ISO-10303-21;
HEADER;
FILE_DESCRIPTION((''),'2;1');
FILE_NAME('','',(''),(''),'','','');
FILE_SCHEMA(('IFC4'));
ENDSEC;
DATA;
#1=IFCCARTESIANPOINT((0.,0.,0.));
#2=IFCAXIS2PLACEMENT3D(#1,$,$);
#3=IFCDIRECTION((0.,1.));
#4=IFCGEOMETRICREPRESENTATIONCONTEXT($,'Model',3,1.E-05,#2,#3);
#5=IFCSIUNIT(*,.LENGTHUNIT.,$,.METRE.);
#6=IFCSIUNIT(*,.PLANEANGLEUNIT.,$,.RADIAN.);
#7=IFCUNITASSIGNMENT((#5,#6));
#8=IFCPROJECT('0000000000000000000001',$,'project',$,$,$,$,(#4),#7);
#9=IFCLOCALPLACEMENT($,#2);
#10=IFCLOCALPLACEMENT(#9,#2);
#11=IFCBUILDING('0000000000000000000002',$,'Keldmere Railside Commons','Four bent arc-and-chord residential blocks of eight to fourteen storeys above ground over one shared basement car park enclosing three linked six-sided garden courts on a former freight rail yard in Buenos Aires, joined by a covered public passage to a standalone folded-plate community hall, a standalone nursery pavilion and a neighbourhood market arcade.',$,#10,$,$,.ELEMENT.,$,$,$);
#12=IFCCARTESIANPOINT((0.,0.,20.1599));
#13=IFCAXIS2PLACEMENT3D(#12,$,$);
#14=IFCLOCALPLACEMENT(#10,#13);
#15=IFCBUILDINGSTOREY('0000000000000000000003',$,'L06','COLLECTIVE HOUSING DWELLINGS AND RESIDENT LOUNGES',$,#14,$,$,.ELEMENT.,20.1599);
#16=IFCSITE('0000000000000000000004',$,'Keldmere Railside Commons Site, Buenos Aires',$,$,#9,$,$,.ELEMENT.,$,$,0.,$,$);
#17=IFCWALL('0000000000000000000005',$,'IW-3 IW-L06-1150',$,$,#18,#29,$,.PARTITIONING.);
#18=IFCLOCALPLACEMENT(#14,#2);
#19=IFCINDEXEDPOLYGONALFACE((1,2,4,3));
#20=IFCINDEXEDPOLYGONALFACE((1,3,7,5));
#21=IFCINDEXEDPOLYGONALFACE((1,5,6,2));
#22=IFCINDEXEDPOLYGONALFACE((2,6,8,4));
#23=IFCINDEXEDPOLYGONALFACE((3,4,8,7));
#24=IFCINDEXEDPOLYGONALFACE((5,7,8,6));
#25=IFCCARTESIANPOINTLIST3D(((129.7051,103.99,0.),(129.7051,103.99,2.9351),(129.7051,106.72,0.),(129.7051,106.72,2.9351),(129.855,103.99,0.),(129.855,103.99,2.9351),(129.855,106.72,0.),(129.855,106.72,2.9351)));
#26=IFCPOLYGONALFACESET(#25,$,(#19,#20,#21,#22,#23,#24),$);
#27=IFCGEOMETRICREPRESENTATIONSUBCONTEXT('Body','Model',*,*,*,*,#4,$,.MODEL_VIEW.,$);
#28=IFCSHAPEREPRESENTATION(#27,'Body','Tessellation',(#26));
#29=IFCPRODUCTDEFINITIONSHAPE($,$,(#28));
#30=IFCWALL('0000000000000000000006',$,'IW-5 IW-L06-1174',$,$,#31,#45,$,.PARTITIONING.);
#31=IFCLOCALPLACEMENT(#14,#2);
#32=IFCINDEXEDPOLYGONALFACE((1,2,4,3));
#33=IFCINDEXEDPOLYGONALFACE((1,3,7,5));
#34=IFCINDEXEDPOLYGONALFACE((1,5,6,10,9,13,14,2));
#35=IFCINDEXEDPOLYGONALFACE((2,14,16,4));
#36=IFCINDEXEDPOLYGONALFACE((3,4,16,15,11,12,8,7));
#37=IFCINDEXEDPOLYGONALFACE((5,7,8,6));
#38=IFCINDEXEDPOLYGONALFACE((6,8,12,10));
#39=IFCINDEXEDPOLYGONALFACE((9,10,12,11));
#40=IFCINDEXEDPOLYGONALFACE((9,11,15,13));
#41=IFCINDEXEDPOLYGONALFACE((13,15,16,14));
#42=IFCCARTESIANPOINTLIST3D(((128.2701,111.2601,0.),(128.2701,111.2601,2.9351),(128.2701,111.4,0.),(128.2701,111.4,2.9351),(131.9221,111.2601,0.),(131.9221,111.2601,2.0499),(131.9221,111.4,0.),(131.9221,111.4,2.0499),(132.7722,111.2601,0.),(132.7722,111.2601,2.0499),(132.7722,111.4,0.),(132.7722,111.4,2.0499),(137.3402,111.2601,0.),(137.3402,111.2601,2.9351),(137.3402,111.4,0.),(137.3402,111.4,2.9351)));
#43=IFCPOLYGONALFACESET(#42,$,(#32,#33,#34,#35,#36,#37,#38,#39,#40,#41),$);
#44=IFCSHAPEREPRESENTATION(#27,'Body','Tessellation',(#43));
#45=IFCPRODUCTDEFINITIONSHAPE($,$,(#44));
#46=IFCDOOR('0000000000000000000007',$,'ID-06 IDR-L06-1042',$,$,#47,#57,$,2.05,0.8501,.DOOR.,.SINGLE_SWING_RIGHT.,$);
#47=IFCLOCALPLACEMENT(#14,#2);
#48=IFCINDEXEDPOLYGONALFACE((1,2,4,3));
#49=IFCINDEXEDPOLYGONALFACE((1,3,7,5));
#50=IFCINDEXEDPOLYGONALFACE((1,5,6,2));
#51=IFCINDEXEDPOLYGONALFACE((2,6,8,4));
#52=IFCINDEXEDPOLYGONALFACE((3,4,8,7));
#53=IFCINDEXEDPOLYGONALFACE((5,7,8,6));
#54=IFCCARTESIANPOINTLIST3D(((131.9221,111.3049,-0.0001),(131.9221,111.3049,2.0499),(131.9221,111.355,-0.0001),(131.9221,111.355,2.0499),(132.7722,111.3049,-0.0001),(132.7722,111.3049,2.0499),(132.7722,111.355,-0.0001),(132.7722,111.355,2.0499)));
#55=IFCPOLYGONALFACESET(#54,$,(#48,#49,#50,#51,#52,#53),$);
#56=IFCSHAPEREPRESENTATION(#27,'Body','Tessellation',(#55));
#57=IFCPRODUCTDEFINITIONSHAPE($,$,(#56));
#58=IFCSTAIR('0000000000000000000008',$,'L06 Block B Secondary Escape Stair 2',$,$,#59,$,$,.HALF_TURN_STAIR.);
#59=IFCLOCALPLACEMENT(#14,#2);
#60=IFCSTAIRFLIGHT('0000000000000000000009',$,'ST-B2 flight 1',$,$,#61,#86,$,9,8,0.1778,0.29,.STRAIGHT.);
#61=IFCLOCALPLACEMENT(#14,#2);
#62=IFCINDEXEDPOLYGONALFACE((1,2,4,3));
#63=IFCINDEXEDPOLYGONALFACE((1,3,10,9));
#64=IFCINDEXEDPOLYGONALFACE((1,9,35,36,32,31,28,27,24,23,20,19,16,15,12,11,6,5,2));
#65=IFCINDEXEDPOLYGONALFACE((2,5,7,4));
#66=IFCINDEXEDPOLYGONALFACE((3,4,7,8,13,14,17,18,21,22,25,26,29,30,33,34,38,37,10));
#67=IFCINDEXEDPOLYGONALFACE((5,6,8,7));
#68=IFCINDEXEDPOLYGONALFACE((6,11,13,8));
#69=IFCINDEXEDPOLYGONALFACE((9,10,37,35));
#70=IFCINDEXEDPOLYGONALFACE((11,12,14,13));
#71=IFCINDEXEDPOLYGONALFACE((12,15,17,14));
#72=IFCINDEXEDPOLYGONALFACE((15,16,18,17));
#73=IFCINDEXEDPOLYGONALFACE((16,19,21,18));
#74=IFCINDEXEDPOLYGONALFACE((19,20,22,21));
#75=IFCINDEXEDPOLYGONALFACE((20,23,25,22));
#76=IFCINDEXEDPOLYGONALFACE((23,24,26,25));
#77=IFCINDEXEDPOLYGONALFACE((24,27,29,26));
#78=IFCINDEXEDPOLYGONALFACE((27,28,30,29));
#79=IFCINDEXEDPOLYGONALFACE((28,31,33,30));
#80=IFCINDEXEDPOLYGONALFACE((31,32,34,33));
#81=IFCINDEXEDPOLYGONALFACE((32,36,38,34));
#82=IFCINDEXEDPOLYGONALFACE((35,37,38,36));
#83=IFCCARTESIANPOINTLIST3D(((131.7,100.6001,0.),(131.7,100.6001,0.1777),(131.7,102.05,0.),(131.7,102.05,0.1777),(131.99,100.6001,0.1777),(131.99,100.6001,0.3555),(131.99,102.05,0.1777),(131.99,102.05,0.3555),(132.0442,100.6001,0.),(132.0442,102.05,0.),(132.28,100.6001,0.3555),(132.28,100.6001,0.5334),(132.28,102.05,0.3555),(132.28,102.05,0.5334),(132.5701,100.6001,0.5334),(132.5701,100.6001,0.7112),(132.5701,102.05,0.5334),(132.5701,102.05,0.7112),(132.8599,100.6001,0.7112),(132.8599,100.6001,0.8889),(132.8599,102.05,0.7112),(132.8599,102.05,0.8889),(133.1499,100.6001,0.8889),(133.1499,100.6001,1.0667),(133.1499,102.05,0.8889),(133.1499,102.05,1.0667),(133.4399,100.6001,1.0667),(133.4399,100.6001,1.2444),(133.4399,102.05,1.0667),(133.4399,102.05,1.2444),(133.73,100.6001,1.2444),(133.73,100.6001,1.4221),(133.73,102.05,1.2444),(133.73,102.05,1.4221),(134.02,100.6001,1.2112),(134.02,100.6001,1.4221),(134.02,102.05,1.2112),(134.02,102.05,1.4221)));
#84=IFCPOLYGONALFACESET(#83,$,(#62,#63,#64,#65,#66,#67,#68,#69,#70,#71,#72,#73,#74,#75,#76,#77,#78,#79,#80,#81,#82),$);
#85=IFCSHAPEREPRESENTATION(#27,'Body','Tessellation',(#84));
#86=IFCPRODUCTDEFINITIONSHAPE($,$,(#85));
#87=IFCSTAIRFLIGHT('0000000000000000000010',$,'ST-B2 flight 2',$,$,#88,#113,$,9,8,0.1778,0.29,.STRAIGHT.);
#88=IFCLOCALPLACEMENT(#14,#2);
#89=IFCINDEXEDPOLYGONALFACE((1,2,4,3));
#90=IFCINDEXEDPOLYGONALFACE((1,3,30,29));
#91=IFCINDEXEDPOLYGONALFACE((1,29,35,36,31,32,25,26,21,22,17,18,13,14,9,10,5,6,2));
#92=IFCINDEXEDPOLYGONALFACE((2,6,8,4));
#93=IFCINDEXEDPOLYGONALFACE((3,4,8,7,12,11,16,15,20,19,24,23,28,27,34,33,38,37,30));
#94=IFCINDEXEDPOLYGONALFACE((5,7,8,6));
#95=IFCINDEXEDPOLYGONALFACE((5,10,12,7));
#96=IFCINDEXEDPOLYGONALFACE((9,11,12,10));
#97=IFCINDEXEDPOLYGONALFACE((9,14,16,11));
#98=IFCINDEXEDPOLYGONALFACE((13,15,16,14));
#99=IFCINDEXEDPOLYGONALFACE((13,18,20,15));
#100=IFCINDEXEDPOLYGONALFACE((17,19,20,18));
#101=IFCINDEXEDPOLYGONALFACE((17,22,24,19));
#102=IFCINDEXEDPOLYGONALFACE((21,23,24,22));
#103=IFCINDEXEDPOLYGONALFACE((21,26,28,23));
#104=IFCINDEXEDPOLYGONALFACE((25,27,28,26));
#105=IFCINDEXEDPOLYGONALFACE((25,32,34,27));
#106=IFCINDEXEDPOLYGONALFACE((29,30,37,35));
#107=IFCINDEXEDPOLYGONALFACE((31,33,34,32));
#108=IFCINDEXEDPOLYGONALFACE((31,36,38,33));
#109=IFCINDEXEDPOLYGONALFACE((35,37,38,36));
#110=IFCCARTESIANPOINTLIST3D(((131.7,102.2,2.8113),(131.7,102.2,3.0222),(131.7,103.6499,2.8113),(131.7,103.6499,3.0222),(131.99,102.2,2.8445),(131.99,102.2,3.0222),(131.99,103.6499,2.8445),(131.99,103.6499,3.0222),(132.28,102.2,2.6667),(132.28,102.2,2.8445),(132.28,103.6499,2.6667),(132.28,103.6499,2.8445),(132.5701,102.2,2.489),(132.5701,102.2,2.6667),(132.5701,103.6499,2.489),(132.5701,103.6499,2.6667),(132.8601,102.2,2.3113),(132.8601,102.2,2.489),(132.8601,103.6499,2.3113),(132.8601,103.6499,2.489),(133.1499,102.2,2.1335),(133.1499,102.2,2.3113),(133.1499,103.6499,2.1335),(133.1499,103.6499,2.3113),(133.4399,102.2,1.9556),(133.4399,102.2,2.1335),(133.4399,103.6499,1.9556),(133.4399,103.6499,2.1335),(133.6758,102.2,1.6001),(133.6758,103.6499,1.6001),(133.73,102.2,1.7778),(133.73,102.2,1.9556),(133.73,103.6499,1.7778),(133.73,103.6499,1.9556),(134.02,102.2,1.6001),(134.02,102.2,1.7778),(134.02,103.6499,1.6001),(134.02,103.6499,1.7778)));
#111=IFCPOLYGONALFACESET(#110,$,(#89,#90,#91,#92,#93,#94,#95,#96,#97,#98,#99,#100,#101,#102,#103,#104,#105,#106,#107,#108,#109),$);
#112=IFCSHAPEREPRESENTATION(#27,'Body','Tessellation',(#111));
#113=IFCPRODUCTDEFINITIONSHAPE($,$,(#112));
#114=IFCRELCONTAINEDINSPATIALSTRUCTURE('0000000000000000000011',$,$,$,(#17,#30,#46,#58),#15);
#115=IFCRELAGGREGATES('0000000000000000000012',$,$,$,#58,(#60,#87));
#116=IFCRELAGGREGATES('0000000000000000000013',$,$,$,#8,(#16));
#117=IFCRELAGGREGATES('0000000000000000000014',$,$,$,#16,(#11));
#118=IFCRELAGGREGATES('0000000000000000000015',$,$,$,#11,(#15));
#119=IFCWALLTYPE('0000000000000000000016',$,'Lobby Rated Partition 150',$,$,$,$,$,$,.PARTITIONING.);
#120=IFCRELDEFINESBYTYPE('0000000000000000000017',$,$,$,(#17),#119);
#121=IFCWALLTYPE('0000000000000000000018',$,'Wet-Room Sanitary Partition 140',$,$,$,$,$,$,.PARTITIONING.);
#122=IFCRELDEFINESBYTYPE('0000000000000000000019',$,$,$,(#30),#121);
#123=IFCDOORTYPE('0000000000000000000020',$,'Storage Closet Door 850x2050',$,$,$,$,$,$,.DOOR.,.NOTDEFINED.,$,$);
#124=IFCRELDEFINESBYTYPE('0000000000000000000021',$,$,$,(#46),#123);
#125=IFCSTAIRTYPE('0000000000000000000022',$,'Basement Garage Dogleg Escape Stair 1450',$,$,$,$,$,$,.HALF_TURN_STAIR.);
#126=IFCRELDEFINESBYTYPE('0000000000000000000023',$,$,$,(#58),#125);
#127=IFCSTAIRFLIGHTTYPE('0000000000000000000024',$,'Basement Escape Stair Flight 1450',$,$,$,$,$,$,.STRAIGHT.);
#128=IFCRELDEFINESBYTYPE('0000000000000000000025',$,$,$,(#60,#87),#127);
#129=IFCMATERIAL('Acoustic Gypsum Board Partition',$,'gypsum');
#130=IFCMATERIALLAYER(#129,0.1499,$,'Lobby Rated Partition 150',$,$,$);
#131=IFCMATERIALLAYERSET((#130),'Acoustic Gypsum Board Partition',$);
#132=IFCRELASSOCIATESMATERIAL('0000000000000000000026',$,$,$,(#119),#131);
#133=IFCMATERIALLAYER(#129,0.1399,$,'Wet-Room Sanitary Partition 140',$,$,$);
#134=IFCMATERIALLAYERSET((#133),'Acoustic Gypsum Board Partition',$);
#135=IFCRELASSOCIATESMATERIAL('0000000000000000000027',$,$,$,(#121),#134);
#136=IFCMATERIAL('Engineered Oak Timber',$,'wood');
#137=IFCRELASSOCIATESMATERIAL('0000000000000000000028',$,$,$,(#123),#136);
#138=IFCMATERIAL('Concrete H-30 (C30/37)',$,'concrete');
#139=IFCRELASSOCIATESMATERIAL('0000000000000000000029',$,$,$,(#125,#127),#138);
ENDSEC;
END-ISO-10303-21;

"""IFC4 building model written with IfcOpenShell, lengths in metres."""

from ifc_helpers import new_model, si_unit, direction, frame, frame_2d, origin, place, context, subcontext, project, spatial, polyline, rectangle, outline, extrude, material, layer, layer_set, type_object, element, fill, aggregate, save


model = new_model("IFC4")

# Units and contexts
model_context = context("Model", 3, precision=1e-05, world=origin(), true_north=direction((0.0, 1.0)))
body_context = subcontext(model_context, "Body", "Model", "MODEL_VIEW")
ifc_project = project(units=[si_unit("LENGTHUNIT", "METRE"), si_unit("PLANEANGLEUNIT", "RADIAN")], contexts=[model_context])

# Site, building, storey
site_placement = place(None, origin())
site = spatial("IfcSite", under=ifc_project, at=site_placement, Name="Keldmere Railside Commons Site, Buenos Aires", CompositionType="ELEMENT", RefElevation=0.0)
building_placement = place(site_placement, origin())
building = spatial("IfcBuilding", under=site, at=building_placement, Name="Keldmere Railside Commons", Description="Four bent arc-and-chord residential blocks of eight to fourteen storeys above ground over one shared basement car park enclosing three linked six-sided garden courts on a former freight rail yard in Buenos Aires, joined by a covered public passage to a standalone folded-plate community hall, a standalone nursery pavilion and a neighbourhood market arcade.", CompositionType="ELEMENT")
storey_placement = place(building_placement, frame((0.0, 0.0, 20.1599)))
storey = spatial("IfcBuildingStorey", under=building, at=storey_placement, Name="L06", Description="COLLECTIVE HOUSING DWELLINGS AND RESIDENT LOUNGES", CompositionType="ELEMENT", Elevation=20.1599)

# Shared definitions
ifc_material_1 = material(Name="Concrete H-30 (C30/37)", Category="concrete")

# Shared definitions
ifc_material_2 = material(Name="Acoustic Gypsum Board Partition", Category="gypsum")
ifc_material_3 = material(Name="Engineered Oak Timber", Category="wood")

# Wall
ifc_layer_1 = layer(ifc_material_2, 0.1499, Name="Lobby Rated Partition 150")
ifc_layer_set_1 = layer_set([ifc_layer_1], Name="Acoustic Gypsum Board Partition")
wall_type_1 = type_object("IfcWallType", Name="Lobby Rated Partition 150", PredefinedType="PARTITIONING", material=ifc_layer_set_1)
wall_1_placement = place(storey_placement, frame((129.78, 103.99, 0.0), z_axis=(0.0, 0.0, 1.0), x_axis=(0.0, 1.0, 0.0)))
element("IfcWall", 1, at=wall_1_placement, inside=storey, type_object=wall_type_1, Name="IW-3 IW-L06-1150", PredefinedType="PARTITIONING", context=body_context, shape_type="SweptSolid", body=[
    extrude(rectangle(XDim=2.73, YDim=0.1499, at=frame_2d((1.365, 0.0))), origin(), (0.0, 0.0, 1.0), 2.9351),
])

# Wall, opening, door
ifc_layer_2 = layer(ifc_material_2, 0.1399, Name="Wet-Room Sanitary Partition 140")
ifc_layer_set_2 = layer_set([ifc_layer_2], Name="Acoustic Gypsum Board Partition")
wall_type_2 = type_object("IfcWallType", Name="Wet-Room Sanitary Partition 140", PredefinedType="PARTITIONING", material=ifc_layer_set_2)
wall_2_placement = place(storey_placement, frame((128.27, 111.3301, 0.0), z_axis=(0.0, 0.0, 1.0), x_axis=(1.0, 0.0, 0.0)))
wall_2 = element("IfcWall", 2, at=wall_2_placement, inside=storey, type_object=wall_type_2, Name="IW-5 IW-L06-1174", PredefinedType="PARTITIONING", context=body_context, shape_type="SweptSolid", body=[
    extrude(rectangle(XDim=9.0701, YDim=0.1399, at=frame_2d((4.5352, 0.0))), origin(), (0.0, 0.0, 1.0), 2.9351),
])
opening_1_placement = place(wall_2_placement, frame((3.6521, 0.0, 0.0)))
opening_1 = element("IfcOpeningElement", 3, at=opening_1_placement, cuts=wall_2, PredefinedType="OPENING", context=body_context, shape_type="SweptSolid", body=[
    extrude(rectangle(XDim=0.8501, YDim=2.05, at=frame_2d((0.425, 1.0249))), frame((0.0, 0.0798, 0.0), z_axis=(0.0, -1.0, 0.0), x_axis=(1.0, 0.0, 0.0)), (0.0, 0.0, 1.0), 0.1599),
])
door_type_1 = type_object("IfcDoorType", Name="Storage Closet Door 850x2050", OperationType="NOTDEFINED", PredefinedType="DOOR", material=ifc_material_3)
door_1_placement = place(opening_1_placement, origin())
door_1 = element("IfcDoor", 4, at=door_1_placement, inside=storey, type_object=door_type_1, Name="ID-06 IDR-L06-1042", OperationType="SINGLE_SWING_RIGHT", OverallHeight=2.05, OverallWidth=0.8501, PredefinedType="DOOR", context=body_context, shape_type="SweptSolid", body=[
    extrude(rectangle(XDim=0.8501, YDim=2.05, at=frame_2d((0.425, 1.0249))), frame((0.0, 0.0249, 0.0), z_axis=(0.0, -1.0, 0.0), x_axis=(1.0, 0.0, 0.0)), (0.0, 0.0, 1.0), 0.05),
])
fill(opening_1, door_1)

# Stair, stair flights
stair_type = type_object("IfcStairType", Name="Basement Garage Dogleg Escape Stair 1450", PredefinedType="HALF_TURN_STAIR", material=ifc_material_1)
stair_placement = place(storey_placement, origin())
stair = element("IfcStair", 5, at=stair_placement, inside=storey, type_object=stair_type, Name="L06 Block B Secondary Escape Stair 2", PredefinedType="HALF_TURN_STAIR")
stair_flight_type = type_object("IfcStairFlightType", Name="Basement Escape Stair Flight 1450", PredefinedType="STRAIGHT", material=ifc_material_1)
stair_flight_1_placement = place(storey_placement, frame((131.7, 101.325, 0.0), z_axis=(0.0, 0.0, 1.0), x_axis=(1.0, 0.0, 0.0)))
stair_flight_1 = element("IfcStairFlight", 6, at=stair_flight_1_placement, type_object=stair_flight_type, Name="ST-B2 flight 1", NumberOfRisers=9, NumberOfTreads=8, PredefinedType="STRAIGHT", RiserHeight=0.1778, TreadLength=0.29, context=body_context, shape_type="SweptSolid", body=[
    extrude(outline(polyline([(0.0, 0.0), (0.0, 0.1777), (0.29, 0.1777), (0.29, 0.3555), (0.5801, 0.3555), (0.5801, 0.5334), (0.8701, 0.5334), (0.8701, 0.7112), (1.1599, 0.7112), (1.1599, 0.8889), (1.45, 0.8889), (1.45, 1.0667), (1.74, 1.0667), (1.74, 1.2444), (2.03, 1.2444), (2.03, 1.4221), (2.3201, 1.4221), (2.3201, 1.6001), (2.3201, 1.2112), (0.3442, 0.0), (0.0, 0.0)])), frame((0.0, 0.7251, 0.0), z_axis=(0.0, -1.0, 0.0), x_axis=(1.0, 0.0, 0.0)), (0.0, 0.0, 1.0), 1.45),
])
stair_flight_2_placement = place(storey_placement, frame((134.02, 102.925, 1.6001), z_axis=(0.0, 0.0, 1.0), x_axis=(-1.0, 0.0, 0.0)))
stair_flight_2 = element("IfcStairFlight", 7, at=stair_flight_2_placement, type_object=stair_flight_type, Name="ST-B2 flight 2", NumberOfRisers=9, NumberOfTreads=8, PredefinedType="STRAIGHT", RiserHeight=0.1778, TreadLength=0.29, context=body_context, shape_type="SweptSolid", body=[
    extrude(outline(polyline([(0.0, 0.0), (0.0, 0.1777), (0.29, 0.1777), (0.29, 0.3555), (0.5801, 0.3555), (0.5801, 0.5334), (0.8701, 0.5334), (0.8701, 0.7112), (1.1599, 0.7112), (1.1599, 0.8889), (1.45, 0.8889), (1.45, 1.0667), (1.74, 1.0667), (1.74, 1.2444), (2.03, 1.2444), (2.03, 1.4221), (2.3201, 1.4221), (2.3201, 1.6001), (2.3201, 1.2112), (0.3442, 0.0), (0.0, 0.0)])), frame((0.0, 0.7251, 0.0), z_axis=(0.0, -1.0, 0.0), x_axis=(1.0, 0.0, 0.0)), (0.0, 0.0, 1.0), 1.45),
])
aggregate(stair, [stair_flight_1, stair_flight_2])

save(model, "model.ifc")
